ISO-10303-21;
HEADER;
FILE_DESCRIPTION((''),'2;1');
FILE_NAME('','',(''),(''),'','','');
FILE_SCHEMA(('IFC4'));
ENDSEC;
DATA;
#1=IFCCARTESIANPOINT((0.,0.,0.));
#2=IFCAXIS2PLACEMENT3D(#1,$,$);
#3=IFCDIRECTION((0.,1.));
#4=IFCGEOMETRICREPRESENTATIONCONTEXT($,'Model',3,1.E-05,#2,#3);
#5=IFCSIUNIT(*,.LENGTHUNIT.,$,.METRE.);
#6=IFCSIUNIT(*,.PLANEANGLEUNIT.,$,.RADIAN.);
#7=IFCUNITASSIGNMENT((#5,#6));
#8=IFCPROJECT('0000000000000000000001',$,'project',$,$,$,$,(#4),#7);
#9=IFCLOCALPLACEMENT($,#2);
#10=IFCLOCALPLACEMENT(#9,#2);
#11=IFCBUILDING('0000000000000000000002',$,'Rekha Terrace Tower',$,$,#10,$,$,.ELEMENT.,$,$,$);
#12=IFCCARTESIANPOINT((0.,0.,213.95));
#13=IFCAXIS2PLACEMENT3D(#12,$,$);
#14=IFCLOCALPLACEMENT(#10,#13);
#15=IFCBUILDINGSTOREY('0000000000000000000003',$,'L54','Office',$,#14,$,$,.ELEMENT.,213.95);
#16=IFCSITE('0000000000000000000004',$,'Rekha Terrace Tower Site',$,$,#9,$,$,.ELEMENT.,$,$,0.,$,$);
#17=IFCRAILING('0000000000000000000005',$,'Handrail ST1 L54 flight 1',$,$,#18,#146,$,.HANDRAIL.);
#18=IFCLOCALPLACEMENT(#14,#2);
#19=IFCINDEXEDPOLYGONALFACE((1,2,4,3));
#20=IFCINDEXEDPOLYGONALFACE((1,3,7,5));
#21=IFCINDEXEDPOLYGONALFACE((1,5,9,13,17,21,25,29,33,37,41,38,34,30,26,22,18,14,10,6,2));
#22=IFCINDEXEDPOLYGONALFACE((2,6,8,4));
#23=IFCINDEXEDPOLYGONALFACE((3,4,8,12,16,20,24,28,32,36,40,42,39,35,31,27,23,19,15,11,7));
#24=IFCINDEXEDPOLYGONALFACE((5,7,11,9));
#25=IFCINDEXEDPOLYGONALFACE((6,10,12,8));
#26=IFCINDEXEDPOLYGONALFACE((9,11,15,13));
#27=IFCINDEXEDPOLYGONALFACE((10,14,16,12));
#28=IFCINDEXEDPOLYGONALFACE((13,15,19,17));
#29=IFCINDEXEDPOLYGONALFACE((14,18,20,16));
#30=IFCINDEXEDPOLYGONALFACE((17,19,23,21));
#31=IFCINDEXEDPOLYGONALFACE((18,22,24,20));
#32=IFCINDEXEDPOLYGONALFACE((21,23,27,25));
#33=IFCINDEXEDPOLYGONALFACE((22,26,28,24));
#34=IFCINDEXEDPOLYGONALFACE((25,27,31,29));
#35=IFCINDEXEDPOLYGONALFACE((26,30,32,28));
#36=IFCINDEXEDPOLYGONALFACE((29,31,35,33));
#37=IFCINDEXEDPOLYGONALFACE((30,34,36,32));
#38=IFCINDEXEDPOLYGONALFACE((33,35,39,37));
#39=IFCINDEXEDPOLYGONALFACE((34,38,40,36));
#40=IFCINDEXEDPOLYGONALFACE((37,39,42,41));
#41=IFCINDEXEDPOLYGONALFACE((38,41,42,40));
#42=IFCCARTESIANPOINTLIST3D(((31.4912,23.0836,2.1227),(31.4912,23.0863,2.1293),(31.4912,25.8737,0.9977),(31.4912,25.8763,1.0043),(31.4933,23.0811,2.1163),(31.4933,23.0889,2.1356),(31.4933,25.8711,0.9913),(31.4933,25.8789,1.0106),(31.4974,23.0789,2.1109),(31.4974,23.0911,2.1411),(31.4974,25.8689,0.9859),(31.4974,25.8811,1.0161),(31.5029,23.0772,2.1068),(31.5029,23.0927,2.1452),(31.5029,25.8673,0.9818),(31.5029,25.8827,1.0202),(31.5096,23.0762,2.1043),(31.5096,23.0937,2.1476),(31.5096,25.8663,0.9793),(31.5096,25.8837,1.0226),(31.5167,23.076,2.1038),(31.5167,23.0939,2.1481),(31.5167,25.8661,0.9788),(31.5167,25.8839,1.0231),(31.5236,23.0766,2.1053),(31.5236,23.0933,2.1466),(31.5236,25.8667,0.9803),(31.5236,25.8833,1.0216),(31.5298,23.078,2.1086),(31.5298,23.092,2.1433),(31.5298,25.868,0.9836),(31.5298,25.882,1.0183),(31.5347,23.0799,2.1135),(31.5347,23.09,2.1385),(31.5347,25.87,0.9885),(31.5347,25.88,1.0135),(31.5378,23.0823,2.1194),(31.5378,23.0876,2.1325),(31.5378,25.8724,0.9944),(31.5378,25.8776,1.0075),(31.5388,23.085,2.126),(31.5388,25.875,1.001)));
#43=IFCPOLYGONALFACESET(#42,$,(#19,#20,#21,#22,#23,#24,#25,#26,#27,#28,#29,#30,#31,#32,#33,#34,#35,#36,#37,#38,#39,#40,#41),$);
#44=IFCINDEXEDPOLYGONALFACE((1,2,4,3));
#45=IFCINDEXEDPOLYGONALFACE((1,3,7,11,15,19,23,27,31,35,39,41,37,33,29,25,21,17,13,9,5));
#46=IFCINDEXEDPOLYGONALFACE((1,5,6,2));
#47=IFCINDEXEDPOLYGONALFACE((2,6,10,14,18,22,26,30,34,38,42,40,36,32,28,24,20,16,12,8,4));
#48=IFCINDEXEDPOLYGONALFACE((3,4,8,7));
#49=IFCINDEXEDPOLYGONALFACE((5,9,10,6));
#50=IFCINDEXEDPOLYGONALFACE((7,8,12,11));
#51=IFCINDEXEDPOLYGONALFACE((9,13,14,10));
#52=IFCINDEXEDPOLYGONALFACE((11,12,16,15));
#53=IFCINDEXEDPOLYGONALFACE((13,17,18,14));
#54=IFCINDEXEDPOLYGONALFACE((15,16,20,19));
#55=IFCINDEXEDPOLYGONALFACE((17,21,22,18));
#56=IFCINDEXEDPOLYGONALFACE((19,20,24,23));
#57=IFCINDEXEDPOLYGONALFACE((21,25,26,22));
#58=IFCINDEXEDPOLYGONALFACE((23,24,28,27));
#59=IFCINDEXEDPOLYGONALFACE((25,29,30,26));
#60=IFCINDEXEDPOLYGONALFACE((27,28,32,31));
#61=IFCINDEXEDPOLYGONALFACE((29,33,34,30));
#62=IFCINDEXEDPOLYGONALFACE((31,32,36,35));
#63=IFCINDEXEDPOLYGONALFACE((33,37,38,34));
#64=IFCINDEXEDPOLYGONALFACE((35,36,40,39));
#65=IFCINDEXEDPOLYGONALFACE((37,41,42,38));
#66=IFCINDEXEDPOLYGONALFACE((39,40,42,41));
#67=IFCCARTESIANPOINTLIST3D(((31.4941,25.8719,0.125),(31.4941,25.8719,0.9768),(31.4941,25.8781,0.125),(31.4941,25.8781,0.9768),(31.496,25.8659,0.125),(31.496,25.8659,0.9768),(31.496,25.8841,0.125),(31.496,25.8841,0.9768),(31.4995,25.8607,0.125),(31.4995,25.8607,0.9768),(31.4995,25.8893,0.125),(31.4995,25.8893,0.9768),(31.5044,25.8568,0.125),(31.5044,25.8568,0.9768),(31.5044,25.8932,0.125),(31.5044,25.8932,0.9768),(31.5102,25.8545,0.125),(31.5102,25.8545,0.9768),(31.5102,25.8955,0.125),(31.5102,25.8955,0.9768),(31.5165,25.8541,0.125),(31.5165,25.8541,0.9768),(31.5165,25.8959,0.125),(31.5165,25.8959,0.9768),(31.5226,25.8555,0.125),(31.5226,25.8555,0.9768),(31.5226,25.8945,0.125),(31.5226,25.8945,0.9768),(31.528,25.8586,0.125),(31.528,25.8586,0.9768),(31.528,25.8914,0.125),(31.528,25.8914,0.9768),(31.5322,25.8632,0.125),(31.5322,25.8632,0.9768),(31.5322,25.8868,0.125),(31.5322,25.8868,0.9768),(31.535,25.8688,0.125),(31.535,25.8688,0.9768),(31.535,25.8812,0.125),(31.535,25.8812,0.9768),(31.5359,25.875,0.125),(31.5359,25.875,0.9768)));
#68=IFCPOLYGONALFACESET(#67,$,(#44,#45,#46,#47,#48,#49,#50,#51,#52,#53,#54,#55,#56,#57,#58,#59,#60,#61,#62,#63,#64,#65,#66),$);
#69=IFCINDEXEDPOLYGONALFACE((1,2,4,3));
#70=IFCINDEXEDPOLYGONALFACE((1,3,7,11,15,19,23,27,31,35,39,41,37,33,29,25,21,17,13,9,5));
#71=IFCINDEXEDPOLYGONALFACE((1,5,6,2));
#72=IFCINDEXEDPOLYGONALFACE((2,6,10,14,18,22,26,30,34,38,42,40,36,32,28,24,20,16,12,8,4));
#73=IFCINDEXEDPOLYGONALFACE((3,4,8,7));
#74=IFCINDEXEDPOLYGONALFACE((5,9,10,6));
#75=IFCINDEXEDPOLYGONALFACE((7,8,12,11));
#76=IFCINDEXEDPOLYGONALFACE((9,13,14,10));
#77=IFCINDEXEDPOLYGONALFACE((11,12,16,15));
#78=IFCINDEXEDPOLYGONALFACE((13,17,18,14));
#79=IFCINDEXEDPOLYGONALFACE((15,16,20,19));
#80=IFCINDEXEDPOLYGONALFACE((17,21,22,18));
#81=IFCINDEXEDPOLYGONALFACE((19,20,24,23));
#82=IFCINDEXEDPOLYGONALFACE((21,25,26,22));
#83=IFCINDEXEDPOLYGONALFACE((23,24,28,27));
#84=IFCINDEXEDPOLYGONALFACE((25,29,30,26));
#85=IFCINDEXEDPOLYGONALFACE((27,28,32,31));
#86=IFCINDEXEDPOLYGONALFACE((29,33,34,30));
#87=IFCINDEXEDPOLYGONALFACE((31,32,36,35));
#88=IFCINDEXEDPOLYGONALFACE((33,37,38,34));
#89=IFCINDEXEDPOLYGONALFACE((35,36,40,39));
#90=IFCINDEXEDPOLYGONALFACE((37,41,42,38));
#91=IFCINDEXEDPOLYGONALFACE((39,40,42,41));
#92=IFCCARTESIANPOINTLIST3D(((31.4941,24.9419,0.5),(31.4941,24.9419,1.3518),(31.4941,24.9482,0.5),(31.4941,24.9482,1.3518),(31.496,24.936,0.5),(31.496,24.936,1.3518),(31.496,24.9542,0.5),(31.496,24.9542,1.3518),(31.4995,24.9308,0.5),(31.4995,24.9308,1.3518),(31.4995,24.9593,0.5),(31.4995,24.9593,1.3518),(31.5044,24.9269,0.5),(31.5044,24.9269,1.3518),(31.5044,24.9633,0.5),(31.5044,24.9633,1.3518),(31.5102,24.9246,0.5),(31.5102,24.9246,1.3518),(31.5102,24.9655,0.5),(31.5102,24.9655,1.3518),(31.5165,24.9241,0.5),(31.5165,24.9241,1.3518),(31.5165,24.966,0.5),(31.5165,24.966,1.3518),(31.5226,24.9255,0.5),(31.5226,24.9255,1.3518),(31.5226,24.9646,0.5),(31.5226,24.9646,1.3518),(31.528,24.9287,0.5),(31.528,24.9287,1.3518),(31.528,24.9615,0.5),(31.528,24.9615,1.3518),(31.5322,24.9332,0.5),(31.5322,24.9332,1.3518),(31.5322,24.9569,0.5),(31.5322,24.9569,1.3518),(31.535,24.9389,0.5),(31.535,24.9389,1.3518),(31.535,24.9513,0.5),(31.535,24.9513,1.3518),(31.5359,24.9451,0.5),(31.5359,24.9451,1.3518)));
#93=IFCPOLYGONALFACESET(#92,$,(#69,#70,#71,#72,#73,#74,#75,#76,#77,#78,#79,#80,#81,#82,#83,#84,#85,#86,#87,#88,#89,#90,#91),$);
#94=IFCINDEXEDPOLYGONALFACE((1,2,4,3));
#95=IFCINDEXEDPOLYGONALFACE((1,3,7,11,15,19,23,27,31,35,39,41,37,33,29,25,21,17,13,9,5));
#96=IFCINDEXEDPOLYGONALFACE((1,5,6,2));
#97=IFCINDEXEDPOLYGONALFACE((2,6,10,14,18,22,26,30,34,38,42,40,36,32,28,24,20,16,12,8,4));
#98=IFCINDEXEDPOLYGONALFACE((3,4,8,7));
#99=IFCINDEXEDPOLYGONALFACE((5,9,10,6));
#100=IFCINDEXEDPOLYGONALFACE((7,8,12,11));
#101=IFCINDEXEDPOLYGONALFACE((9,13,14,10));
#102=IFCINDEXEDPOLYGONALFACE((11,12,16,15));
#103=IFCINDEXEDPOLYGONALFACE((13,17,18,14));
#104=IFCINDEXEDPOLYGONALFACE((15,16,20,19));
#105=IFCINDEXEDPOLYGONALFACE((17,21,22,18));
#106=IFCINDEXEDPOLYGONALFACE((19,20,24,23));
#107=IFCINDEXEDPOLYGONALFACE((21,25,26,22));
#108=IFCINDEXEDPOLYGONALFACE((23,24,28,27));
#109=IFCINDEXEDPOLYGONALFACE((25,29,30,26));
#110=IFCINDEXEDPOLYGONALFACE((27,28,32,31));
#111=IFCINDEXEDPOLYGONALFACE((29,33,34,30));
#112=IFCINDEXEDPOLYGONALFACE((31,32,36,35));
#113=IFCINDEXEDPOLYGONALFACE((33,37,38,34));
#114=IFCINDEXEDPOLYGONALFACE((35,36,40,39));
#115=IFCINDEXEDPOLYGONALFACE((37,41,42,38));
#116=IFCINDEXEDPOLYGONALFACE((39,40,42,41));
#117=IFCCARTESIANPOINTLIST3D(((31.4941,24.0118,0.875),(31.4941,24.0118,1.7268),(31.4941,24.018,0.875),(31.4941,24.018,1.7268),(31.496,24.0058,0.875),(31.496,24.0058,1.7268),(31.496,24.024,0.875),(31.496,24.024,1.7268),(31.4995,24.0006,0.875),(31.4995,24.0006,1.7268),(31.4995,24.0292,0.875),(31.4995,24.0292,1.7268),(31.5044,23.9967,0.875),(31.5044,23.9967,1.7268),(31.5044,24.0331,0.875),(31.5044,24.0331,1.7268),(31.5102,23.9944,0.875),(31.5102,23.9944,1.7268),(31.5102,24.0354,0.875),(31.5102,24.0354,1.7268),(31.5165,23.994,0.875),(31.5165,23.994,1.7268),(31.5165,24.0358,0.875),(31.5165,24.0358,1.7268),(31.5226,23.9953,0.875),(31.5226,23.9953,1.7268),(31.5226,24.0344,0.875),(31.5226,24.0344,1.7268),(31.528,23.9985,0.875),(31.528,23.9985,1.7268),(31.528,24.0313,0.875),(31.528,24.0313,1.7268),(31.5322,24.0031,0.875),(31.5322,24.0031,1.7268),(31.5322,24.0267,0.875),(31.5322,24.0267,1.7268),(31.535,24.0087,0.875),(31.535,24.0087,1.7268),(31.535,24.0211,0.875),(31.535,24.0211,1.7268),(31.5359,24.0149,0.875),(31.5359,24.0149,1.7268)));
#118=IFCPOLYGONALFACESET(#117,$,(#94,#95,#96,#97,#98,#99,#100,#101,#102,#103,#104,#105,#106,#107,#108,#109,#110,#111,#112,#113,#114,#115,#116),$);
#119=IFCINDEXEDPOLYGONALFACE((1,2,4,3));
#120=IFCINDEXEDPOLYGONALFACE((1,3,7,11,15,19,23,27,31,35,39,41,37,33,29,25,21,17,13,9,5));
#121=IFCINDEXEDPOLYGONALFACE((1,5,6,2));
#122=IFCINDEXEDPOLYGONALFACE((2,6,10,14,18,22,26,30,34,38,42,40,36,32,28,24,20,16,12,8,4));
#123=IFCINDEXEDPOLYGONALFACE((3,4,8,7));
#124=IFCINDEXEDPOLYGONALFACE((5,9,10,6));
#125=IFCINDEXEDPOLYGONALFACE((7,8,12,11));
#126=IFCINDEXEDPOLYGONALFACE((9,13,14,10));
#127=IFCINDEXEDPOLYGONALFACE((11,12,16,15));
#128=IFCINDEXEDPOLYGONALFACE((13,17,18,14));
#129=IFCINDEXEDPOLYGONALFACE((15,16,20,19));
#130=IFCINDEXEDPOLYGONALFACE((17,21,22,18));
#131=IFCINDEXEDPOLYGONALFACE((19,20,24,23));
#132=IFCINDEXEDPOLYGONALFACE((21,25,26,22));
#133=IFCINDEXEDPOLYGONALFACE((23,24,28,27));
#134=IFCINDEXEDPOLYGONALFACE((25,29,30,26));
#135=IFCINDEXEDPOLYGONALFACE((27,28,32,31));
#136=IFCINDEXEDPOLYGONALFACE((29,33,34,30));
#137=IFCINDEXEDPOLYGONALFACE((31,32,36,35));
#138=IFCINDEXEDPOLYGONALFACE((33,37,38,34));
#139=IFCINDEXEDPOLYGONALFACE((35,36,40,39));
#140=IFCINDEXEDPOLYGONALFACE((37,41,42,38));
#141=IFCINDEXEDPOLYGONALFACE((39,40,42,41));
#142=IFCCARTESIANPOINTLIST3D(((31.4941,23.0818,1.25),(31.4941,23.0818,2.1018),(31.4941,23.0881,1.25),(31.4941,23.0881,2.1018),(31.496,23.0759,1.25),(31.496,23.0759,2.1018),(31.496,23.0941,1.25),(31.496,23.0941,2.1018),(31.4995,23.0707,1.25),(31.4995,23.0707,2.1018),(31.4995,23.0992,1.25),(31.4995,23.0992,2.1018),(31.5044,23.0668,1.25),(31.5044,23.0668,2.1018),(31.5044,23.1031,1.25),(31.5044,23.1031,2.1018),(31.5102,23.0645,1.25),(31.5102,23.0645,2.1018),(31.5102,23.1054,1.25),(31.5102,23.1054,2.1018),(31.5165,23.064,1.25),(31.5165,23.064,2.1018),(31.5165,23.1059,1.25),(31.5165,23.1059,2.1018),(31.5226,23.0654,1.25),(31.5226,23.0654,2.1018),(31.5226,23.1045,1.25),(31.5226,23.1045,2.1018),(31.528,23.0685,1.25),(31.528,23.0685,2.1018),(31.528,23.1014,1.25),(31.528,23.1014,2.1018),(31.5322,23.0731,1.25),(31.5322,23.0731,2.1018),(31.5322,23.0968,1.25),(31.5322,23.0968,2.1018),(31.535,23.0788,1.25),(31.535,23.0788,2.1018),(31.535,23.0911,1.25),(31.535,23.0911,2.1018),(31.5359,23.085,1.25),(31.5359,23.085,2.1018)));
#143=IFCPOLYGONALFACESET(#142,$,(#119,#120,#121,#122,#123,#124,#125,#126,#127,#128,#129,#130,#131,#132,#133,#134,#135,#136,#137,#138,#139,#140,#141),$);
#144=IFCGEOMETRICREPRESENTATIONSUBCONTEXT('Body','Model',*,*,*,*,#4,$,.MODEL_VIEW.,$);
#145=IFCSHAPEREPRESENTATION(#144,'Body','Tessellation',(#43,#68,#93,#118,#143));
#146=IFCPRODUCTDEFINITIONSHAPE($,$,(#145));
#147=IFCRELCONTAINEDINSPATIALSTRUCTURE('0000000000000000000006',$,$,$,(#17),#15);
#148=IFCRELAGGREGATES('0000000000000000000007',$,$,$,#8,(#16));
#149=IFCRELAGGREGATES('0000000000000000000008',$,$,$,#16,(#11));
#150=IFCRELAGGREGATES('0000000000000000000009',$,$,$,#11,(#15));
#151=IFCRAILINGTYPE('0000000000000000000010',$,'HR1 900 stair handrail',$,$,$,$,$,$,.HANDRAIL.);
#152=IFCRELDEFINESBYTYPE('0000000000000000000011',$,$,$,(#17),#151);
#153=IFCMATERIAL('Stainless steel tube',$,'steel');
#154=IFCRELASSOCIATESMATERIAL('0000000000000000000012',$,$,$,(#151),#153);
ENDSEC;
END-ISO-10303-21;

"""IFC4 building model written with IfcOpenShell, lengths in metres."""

from ifc_helpers import new_model, si_unit, direction, frame, origin, origin_2d, place, context, subcontext, project, spatial, circle, extrude, material, type_object, element, save


model = new_model("IFC4")

# Units and contexts
model_context = context("Model", 3, precision=1e-05, world=origin(), true_north=direction((0.0, 1.0)))
body_context = subcontext(model_context, "Body", "Model", "MODEL_VIEW")
ifc_project = project(units=[si_unit("LENGTHUNIT", "METRE"), si_unit("PLANEANGLEUNIT", "RADIAN")], contexts=[model_context])

# Site, building, storey
site_placement = place(None, origin())
site = spatial("IfcSite", under=ifc_project, at=site_placement, Name="Rekha Terrace Tower Site", CompositionType="ELEMENT", RefElevation=0.0)
building_placement = place(site_placement, origin())
building = spatial("IfcBuilding", under=site, at=building_placement, Name="Rekha Terrace Tower", CompositionType="ELEMENT")
storey_placement = place(building_placement, frame((0.0, 0.0, 213.95)))
storey = spatial("IfcBuildingStorey", under=building, at=storey_placement, Name="L54", Description="Office", CompositionType="ELEMENT", Elevation=213.95)

# Railing
ifc_material_1 = material(Name="Stainless steel tube", Category="steel")
railing_type_1 = type_object("IfcRailingType", Name="HR1 900 stair handrail", PredefinedType="HANDRAIL", material=ifc_material_1)
railing_1_placement = place(storey_placement, frame((31.5149, 25.875, 0.125)))
element("IfcRailing", 1, at=railing_1_placement, inside=storey, type_object=railing_type_1, Name="Handrail ST1 L54 flight 1", PredefinedType="HANDRAIL", context=body_context, shape_type="SweptSolid", body=[
    extrude(circle(Radius=0.0239, at=origin_2d()), frame((0.0, 0.0, 0.876), z_axis=(0.0, -0.927443, 0.373964), x_axis=(1.0, 0.0, 0.0)), (0.0, 0.0, 1.0), 3.0083),
    extrude(circle(Radius=0.021, at=origin_2d()), origin(), (0.0, 0.0, 1.0), 0.8518),
    extrude(circle(Radius=0.021, at=origin_2d()), frame((0.0, -0.9299, 0.375)), (0.0, 0.0, 1.0), 0.8518),
    extrude(circle(Radius=0.021, at=origin_2d()), frame((0.0, -1.8601, 0.75)), (0.0, 0.0, 1.0), 0.8518),
    extrude(circle(Radius=0.021, at=origin_2d()), frame((0.0, -2.79, 1.125)), (0.0, 0.0, 1.0), 0.8518),
])

save(model, "model.ifc")
